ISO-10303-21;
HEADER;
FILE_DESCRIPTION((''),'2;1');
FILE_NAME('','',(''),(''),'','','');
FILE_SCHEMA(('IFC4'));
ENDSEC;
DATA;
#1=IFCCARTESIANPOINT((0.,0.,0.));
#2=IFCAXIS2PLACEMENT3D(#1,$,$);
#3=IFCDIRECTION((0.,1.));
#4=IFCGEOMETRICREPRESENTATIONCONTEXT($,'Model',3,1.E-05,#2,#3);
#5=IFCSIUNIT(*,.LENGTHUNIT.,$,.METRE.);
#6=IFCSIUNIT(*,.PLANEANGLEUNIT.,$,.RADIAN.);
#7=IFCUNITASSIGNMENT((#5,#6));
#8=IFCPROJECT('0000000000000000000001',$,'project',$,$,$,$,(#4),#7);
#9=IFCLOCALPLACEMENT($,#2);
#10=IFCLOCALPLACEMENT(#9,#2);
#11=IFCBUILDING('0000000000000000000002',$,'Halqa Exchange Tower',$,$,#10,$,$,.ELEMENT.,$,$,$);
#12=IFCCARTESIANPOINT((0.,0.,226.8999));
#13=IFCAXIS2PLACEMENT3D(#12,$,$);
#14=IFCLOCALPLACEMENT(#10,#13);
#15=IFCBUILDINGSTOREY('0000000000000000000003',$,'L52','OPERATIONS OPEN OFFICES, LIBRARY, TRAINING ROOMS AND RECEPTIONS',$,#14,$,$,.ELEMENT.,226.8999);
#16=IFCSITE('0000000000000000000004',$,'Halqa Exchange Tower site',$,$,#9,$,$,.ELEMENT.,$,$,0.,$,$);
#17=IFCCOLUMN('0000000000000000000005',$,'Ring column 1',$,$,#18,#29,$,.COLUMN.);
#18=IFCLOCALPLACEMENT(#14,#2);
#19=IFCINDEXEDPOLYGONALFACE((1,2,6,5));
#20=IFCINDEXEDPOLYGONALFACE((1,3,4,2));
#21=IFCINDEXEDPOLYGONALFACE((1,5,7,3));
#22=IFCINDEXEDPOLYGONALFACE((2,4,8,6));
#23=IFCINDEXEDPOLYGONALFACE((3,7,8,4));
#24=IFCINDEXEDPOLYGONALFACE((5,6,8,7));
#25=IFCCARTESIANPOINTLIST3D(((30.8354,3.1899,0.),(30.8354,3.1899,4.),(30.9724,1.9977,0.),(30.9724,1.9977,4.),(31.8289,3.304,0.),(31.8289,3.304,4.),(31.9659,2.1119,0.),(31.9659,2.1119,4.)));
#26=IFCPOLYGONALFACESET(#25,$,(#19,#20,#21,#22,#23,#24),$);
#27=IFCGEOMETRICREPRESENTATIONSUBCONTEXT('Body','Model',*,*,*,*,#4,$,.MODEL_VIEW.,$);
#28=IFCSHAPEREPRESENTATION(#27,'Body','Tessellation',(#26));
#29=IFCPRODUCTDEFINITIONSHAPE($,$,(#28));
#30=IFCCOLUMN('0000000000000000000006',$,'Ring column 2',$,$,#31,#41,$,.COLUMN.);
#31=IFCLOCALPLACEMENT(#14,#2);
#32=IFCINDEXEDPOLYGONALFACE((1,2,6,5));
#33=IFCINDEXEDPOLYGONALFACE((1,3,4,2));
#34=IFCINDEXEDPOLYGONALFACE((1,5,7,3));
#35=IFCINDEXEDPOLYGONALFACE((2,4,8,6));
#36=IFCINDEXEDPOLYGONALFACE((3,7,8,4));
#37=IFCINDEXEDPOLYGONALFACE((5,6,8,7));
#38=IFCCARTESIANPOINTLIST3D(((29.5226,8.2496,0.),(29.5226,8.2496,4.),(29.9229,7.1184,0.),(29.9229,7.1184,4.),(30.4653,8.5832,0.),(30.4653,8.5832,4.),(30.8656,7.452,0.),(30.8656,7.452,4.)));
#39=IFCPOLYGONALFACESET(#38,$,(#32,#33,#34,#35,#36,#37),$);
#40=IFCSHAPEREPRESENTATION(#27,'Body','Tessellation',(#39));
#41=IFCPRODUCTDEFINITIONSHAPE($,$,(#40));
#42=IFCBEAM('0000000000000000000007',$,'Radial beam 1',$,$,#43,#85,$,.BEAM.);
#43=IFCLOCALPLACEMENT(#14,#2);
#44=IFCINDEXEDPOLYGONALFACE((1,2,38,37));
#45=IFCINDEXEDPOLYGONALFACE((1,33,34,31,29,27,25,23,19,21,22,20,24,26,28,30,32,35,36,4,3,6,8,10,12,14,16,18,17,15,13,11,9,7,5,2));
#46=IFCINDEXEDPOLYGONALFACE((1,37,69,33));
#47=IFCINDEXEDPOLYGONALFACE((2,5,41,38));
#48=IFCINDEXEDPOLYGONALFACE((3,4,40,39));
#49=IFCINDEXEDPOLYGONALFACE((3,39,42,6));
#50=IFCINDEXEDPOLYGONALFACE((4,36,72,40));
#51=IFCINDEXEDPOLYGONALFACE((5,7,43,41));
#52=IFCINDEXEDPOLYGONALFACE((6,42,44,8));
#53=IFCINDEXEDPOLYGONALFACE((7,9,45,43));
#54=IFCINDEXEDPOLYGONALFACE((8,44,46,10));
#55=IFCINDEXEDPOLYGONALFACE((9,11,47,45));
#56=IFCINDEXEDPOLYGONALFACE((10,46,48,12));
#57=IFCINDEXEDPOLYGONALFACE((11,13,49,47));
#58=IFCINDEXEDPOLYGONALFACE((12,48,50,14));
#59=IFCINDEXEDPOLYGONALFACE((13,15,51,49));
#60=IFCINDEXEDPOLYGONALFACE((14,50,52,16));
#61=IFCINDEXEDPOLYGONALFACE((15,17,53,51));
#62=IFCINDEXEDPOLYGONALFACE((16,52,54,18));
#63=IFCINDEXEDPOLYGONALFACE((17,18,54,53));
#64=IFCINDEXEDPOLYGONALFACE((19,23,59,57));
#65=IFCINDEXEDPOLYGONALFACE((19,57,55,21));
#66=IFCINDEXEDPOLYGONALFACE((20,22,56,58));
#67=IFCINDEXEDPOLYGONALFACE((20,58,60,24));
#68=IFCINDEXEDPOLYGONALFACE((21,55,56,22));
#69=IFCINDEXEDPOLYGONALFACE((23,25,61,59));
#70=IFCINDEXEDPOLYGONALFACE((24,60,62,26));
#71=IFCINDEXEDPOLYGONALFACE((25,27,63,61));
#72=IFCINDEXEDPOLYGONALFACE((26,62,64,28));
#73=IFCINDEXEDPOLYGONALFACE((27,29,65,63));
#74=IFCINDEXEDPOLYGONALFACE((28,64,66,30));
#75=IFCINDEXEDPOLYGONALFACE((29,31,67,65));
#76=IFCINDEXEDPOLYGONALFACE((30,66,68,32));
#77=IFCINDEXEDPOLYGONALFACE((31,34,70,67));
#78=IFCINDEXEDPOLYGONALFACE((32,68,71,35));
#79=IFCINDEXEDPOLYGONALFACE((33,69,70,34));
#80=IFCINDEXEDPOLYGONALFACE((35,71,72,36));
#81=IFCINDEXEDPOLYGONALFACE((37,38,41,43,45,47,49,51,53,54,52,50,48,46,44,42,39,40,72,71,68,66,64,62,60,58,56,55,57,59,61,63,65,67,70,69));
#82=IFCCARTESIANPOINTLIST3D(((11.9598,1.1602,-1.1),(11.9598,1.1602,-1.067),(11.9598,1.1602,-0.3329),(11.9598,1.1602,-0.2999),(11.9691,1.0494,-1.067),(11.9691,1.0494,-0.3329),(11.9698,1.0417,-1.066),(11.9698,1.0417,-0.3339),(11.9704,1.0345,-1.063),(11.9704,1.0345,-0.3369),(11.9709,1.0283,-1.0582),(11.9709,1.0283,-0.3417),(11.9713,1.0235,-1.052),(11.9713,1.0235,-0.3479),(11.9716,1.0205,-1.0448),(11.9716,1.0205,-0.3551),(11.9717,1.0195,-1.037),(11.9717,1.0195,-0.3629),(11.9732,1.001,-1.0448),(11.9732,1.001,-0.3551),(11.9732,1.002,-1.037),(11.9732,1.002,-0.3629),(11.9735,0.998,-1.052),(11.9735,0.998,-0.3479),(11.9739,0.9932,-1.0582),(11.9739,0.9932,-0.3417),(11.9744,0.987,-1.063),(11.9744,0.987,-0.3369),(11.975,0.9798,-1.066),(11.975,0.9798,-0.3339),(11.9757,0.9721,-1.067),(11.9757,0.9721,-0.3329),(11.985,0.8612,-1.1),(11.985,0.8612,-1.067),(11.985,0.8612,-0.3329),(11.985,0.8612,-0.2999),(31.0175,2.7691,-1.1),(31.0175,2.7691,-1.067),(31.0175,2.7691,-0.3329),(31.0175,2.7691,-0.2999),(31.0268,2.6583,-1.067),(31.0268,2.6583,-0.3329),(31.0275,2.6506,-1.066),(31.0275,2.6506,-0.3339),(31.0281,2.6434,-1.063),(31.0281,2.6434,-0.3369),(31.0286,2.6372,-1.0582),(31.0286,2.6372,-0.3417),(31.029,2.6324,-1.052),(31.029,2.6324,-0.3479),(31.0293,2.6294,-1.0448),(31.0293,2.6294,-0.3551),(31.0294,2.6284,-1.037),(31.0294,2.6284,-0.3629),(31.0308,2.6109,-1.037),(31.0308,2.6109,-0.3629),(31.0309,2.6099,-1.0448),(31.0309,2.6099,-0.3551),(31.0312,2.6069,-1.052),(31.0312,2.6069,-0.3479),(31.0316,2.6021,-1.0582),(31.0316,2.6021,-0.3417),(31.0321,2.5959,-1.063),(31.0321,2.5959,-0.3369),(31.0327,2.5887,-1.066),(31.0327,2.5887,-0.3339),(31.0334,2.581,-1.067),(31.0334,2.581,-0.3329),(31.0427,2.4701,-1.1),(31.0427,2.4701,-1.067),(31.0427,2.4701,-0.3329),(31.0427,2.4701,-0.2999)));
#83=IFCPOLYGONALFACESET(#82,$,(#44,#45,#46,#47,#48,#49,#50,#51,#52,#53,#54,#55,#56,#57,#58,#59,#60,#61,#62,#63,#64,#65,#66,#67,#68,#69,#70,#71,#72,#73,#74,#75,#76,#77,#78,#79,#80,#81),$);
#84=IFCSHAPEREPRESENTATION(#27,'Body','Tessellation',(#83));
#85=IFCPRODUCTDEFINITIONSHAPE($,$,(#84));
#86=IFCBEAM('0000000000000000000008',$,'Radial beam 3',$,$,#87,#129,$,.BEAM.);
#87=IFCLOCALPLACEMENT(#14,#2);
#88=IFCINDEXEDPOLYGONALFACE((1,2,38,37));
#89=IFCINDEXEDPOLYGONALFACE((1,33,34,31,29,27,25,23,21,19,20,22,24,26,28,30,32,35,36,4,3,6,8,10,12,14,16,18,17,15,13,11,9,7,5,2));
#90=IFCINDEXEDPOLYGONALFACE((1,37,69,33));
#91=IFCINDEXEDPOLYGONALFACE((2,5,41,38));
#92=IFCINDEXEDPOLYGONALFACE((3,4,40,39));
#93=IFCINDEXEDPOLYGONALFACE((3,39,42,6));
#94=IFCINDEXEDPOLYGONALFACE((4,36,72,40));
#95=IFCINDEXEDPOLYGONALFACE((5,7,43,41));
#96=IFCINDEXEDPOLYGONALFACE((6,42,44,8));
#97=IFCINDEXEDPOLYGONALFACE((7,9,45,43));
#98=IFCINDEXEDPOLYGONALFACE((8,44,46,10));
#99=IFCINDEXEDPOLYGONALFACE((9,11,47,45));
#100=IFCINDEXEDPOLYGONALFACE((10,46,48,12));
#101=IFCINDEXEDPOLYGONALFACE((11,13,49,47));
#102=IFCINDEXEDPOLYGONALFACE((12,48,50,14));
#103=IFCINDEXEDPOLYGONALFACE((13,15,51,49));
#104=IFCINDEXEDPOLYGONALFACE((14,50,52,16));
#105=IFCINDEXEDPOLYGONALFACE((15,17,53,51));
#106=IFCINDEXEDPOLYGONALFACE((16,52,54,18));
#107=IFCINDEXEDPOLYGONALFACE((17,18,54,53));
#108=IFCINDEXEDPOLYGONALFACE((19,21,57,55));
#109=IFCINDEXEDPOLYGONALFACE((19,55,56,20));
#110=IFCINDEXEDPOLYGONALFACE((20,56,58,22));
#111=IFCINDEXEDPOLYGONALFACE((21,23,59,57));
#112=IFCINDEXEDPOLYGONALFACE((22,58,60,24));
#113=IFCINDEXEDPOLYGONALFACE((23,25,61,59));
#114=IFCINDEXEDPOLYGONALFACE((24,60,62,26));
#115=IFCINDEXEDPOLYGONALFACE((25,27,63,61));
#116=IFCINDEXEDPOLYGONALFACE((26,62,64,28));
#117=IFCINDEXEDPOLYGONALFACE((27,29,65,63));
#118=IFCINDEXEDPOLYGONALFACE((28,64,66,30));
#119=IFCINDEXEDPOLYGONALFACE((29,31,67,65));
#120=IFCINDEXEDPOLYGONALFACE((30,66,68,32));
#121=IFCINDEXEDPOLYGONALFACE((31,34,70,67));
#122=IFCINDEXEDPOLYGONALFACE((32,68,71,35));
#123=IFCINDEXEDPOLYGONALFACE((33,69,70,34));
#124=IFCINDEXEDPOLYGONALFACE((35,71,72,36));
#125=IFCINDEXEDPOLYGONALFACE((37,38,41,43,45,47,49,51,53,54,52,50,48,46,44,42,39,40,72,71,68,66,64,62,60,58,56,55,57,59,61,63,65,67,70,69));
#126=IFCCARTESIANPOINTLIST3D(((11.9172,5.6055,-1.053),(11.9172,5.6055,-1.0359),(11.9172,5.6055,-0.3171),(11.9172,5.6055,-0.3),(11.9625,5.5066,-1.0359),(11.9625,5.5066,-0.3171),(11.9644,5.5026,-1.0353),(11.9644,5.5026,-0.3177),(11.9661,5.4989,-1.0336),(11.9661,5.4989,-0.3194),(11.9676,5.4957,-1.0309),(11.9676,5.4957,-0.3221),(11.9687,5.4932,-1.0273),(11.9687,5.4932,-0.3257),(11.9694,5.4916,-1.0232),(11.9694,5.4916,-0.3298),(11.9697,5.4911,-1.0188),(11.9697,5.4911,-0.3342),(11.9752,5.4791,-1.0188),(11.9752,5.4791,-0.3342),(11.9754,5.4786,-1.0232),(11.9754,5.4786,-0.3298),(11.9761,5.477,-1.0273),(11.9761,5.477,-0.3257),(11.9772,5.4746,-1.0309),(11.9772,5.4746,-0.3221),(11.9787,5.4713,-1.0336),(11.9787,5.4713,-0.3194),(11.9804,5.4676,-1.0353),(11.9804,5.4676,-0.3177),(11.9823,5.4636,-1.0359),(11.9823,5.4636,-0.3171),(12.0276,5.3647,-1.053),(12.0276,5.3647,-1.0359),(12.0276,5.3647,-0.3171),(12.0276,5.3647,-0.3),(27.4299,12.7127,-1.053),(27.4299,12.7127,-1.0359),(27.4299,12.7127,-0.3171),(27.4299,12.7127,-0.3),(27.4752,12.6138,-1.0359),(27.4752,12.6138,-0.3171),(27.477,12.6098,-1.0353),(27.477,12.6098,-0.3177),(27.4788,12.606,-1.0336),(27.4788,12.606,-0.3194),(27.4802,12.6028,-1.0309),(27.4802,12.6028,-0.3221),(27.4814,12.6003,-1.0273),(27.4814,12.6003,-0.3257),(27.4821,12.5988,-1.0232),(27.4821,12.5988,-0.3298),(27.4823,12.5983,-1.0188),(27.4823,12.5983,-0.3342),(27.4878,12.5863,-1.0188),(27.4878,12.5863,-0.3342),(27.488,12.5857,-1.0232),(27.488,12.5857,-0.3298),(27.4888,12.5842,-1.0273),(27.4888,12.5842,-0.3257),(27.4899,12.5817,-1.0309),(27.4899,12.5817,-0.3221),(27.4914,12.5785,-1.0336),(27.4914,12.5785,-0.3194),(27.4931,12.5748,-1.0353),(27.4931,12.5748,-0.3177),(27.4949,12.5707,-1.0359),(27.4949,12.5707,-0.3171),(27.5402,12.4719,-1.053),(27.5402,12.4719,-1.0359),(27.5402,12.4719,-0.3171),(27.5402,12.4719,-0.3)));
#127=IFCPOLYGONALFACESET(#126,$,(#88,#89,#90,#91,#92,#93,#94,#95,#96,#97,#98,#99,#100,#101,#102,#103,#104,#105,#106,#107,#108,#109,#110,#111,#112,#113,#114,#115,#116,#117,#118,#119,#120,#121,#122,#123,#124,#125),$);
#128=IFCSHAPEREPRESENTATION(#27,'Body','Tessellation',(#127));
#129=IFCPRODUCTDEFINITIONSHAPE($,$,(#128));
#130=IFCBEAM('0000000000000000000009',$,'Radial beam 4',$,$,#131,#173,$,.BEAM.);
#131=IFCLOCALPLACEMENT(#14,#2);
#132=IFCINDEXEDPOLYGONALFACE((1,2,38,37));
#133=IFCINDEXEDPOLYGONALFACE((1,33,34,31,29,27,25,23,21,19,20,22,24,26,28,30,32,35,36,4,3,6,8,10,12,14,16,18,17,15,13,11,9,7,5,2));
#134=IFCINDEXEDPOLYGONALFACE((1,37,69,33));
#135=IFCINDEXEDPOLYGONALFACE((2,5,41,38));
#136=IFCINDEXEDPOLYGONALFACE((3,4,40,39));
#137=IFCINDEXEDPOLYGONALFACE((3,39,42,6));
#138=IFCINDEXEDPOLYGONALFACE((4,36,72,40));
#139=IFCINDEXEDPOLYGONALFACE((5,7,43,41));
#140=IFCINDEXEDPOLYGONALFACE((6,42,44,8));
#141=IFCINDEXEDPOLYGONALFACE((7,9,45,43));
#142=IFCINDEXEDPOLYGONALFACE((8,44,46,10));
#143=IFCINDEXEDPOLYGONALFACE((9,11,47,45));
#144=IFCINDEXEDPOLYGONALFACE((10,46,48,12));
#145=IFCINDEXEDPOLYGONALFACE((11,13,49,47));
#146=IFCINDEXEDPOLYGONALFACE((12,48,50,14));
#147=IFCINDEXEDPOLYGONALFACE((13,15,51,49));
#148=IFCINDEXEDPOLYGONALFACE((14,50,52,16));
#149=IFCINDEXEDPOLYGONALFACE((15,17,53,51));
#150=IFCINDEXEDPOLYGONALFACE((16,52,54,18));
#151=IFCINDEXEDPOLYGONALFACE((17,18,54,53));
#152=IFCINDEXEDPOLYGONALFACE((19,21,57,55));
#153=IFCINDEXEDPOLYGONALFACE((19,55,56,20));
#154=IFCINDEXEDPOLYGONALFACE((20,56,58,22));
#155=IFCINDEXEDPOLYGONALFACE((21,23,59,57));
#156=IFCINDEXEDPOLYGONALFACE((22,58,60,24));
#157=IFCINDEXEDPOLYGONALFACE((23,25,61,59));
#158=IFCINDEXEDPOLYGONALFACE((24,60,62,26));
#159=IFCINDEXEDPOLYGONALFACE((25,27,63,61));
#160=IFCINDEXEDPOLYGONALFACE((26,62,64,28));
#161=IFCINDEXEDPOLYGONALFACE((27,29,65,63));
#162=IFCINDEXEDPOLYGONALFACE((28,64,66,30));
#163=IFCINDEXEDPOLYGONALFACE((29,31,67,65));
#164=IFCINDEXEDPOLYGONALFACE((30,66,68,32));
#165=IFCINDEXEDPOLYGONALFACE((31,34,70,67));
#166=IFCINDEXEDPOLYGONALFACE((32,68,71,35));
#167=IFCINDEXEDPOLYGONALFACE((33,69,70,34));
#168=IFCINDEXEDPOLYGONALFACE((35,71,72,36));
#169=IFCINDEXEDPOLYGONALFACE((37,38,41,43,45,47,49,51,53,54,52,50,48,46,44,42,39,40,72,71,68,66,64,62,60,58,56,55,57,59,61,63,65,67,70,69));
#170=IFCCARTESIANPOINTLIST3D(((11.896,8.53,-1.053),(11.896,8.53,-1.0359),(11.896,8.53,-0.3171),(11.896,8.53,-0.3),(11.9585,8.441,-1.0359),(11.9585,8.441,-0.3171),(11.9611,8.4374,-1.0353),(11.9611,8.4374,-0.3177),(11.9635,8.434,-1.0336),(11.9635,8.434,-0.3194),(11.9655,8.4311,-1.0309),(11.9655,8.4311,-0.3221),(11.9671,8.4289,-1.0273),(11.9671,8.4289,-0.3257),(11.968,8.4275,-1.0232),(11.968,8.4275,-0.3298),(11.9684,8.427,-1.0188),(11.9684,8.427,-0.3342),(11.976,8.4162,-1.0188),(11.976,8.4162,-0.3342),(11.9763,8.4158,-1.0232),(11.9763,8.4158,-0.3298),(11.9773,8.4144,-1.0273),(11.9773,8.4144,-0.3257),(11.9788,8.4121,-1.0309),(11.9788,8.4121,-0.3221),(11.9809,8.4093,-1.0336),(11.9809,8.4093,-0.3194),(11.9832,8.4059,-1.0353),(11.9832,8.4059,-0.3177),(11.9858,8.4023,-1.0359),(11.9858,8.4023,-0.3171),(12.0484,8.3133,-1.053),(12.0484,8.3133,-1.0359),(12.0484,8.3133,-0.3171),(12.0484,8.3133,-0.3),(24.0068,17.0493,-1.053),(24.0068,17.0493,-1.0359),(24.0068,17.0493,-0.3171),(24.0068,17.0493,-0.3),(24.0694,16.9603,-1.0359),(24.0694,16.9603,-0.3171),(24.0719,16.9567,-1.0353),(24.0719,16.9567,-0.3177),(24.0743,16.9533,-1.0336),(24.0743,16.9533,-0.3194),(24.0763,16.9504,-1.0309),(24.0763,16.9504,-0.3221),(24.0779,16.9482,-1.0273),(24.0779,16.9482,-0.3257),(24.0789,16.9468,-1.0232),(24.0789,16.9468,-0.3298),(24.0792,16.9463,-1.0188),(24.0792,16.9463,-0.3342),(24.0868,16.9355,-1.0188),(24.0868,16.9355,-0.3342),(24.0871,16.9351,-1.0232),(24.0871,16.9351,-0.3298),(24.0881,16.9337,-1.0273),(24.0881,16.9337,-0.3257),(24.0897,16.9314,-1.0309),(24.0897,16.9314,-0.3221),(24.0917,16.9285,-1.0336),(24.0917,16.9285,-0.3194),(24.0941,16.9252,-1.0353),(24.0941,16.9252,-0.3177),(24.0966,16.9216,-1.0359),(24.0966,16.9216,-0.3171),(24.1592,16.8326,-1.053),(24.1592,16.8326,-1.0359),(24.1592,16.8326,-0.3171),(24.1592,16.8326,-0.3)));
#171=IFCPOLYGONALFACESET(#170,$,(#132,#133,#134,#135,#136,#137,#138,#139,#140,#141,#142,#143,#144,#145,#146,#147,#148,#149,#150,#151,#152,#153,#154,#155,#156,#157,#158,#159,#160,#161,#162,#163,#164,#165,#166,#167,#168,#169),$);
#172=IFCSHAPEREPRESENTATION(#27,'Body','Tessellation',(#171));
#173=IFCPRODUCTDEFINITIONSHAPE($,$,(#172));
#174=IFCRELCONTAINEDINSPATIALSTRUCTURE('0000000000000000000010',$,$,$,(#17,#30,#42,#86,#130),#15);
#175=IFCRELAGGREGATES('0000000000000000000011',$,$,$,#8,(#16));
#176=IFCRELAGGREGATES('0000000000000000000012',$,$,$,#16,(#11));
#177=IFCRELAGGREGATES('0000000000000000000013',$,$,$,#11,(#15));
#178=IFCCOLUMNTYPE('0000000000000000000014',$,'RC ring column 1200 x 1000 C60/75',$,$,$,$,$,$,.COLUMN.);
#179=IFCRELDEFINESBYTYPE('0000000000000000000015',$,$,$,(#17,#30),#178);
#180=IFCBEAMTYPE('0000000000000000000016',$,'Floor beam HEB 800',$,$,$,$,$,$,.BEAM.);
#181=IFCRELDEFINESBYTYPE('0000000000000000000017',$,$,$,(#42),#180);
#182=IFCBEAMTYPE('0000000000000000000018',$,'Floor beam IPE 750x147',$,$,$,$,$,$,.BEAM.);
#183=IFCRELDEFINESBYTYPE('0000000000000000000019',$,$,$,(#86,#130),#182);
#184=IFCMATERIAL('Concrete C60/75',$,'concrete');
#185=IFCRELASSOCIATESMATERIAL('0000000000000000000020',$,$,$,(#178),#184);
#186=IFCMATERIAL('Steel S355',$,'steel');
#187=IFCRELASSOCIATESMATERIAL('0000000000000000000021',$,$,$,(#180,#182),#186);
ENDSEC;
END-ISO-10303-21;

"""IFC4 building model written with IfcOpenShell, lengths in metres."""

from ifc_helpers import new_model, si_unit, direction, frame, origin, origin_2d, place, context, subcontext, project, spatial, rectangle, i_section, extrude, material, material_profile, profile_set, type_object, element, save


model = new_model("IFC4")

# Units and contexts
model_context = context("Model", 3, precision=1e-05, world=origin(), true_north=direction((0.0, 1.0)))
body_context = subcontext(model_context, "Body", "Model", "MODEL_VIEW")
ifc_project = project(units=[si_unit("LENGTHUNIT", "METRE"), si_unit("PLANEANGLEUNIT", "RADIAN")], contexts=[model_context])

# Site, building, storey
site_placement = place(None, origin())
site = spatial("IfcSite", under=ifc_project, at=site_placement, Name="Halqa Exchange Tower site", CompositionType="ELEMENT", RefElevation=0.0)
building_placement = place(site_placement, origin())
building = spatial("IfcBuilding", under=site, at=building_placement, Name="Halqa Exchange Tower", CompositionType="ELEMENT")
storey_placement = place(building_placement, frame((0.0, 0.0, 226.8999)))
storey = spatial("IfcBuildingStorey", under=building, at=storey_placement, Name="L52", Description="OPERATIONS OPEN OFFICES, LIBRARY, TRAINING ROOMS AND RECEPTIONS", CompositionType="ELEMENT", Elevation=226.8999)

# Columns
ifc_material_1 = material(Name="Concrete C60/75", Category="concrete")
ifc_material_profile_1 = material_profile(ifc_material_1, rectangle(XDim=1.2, YDim=1.0, at=origin_2d()), Name="1200 x 1000")
ifc_profile_set_1 = profile_set([ifc_material_profile_1], Name="Concrete C60/75")
column_type = type_object("IfcColumnType", Name="RC ring column 1200 x 1000 C60/75", PredefinedType="COLUMN", material=ifc_profile_set_1)
for number, where, z_axis, x_axis, name in (
    (1, (31.4006, 2.6509, 0.0), (0.0, 0.0, 1.0), (-0.114153, 0.993463, 0.0), "Ring column 1"),
    (2, (30.1941, 7.8508, 0.0), (0.0, 0.0, 1.0), (-0.333631, 0.942704, 0.0), "Ring column 2"),
):
    element("IfcColumn", number, at=place(storey_placement, frame(where, z_axis=z_axis, x_axis=x_axis)), inside=storey, type_object=column_type, Name=name, PredefinedType="COLUMN", context=body_context, shape_type="SweptSolid", body=[
        extrude(rectangle(XDim=1.2, YDim=1.0, at=origin_2d()), origin(), (0.0, 0.0, 1.0), 4.0),
    ])

# Beams
ifc_material_2 = material(Name="Steel S355", Category="steel")
ifc_material_profile_2 = material_profile(ifc_material_2, i_section(OverallWidth=0.3, OverallDepth=0.8, WebThickness=0.0176, FlangeThickness=0.033, FilletRadius=0.03, at=origin_2d()), Name="HEB 800")
ifc_profile_set_2 = profile_set([ifc_material_profile_2], Name="Steel S355")
beam_type_1 = type_object("IfcBeamType", Name="Floor beam HEB 800", PredefinedType="BEAM", material=ifc_profile_set_2)
beam_1_placement = place(storey_placement, frame((11.9724, 1.0107, -0.7), z_axis=(0.996455, 0.084123, 0.0), x_axis=(-0.084123, 0.996455, 0.0)))
element("IfcBeam", 3, at=beam_1_placement, inside=storey, type_object=beam_type_1, Name="Radial beam 1", PredefinedType="BEAM", context=body_context, shape_type="SweptSolid", body=[
    extrude(i_section(OverallWidth=0.3, OverallDepth=0.8, WebThickness=0.0176, FlangeThickness=0.033, FilletRadius=0.03, at=origin_2d()), origin(), (0.0, 0.0, 1.0), 19.1255),
])
ifc_material_profile_3 = material_profile(ifc_material_2, i_section(OverallWidth=0.2649, OverallDepth=0.7529, WebThickness=0.0132, FlangeThickness=0.0171, FilletRadius=0.0171, at=origin_2d()), Name="IPE 750x147")
ifc_profile_set_3 = profile_set([ifc_material_profile_3], Name="Steel S355")
beam_type_2 = type_object("IfcBeamType", Name="Floor beam IPE 750x147", PredefinedType="BEAM", material=ifc_profile_set_3)
beam_2_placement = place(storey_placement, frame((11.9724, 5.4851, -0.6765), z_axis=(0.909127, 0.416519, 0.0), x_axis=(-0.416519, 0.909127, 0.0)))
element("IfcBeam", 4, at=beam_2_placement, inside=storey, type_object=beam_type_2, Name="Radial beam 3", PredefinedType="BEAM", context=body_context, shape_type="SweptSolid", body=[
    extrude(i_section(OverallWidth=0.2649, OverallDepth=0.7529, WebThickness=0.0132, FlangeThickness=0.0171, FilletRadius=0.0171, at=origin_2d()), origin(), (0.0, 0.0, 1.0), 17.0632),
])
beam_3_placement = place(storey_placement, frame((11.9722, 8.4216, -0.6765), z_axis=(0.817907, 0.575351, 0.0), x_axis=(-0.575351, 0.817907, 0.0)))
element("IfcBeam", 5, at=beam_3_placement, inside=storey, type_object=beam_type_2, Name="Radial beam 4", PredefinedType="BEAM", context=body_context, shape_type="SweptSolid", body=[
    extrude(i_section(OverallWidth=0.2649, OverallDepth=0.7529, WebThickness=0.0132, FlangeThickness=0.0171, FilletRadius=0.0171, at=origin_2d()), origin(), (0.0, 0.0, 1.0), 14.8071),
])

save(model, "model.ifc")
